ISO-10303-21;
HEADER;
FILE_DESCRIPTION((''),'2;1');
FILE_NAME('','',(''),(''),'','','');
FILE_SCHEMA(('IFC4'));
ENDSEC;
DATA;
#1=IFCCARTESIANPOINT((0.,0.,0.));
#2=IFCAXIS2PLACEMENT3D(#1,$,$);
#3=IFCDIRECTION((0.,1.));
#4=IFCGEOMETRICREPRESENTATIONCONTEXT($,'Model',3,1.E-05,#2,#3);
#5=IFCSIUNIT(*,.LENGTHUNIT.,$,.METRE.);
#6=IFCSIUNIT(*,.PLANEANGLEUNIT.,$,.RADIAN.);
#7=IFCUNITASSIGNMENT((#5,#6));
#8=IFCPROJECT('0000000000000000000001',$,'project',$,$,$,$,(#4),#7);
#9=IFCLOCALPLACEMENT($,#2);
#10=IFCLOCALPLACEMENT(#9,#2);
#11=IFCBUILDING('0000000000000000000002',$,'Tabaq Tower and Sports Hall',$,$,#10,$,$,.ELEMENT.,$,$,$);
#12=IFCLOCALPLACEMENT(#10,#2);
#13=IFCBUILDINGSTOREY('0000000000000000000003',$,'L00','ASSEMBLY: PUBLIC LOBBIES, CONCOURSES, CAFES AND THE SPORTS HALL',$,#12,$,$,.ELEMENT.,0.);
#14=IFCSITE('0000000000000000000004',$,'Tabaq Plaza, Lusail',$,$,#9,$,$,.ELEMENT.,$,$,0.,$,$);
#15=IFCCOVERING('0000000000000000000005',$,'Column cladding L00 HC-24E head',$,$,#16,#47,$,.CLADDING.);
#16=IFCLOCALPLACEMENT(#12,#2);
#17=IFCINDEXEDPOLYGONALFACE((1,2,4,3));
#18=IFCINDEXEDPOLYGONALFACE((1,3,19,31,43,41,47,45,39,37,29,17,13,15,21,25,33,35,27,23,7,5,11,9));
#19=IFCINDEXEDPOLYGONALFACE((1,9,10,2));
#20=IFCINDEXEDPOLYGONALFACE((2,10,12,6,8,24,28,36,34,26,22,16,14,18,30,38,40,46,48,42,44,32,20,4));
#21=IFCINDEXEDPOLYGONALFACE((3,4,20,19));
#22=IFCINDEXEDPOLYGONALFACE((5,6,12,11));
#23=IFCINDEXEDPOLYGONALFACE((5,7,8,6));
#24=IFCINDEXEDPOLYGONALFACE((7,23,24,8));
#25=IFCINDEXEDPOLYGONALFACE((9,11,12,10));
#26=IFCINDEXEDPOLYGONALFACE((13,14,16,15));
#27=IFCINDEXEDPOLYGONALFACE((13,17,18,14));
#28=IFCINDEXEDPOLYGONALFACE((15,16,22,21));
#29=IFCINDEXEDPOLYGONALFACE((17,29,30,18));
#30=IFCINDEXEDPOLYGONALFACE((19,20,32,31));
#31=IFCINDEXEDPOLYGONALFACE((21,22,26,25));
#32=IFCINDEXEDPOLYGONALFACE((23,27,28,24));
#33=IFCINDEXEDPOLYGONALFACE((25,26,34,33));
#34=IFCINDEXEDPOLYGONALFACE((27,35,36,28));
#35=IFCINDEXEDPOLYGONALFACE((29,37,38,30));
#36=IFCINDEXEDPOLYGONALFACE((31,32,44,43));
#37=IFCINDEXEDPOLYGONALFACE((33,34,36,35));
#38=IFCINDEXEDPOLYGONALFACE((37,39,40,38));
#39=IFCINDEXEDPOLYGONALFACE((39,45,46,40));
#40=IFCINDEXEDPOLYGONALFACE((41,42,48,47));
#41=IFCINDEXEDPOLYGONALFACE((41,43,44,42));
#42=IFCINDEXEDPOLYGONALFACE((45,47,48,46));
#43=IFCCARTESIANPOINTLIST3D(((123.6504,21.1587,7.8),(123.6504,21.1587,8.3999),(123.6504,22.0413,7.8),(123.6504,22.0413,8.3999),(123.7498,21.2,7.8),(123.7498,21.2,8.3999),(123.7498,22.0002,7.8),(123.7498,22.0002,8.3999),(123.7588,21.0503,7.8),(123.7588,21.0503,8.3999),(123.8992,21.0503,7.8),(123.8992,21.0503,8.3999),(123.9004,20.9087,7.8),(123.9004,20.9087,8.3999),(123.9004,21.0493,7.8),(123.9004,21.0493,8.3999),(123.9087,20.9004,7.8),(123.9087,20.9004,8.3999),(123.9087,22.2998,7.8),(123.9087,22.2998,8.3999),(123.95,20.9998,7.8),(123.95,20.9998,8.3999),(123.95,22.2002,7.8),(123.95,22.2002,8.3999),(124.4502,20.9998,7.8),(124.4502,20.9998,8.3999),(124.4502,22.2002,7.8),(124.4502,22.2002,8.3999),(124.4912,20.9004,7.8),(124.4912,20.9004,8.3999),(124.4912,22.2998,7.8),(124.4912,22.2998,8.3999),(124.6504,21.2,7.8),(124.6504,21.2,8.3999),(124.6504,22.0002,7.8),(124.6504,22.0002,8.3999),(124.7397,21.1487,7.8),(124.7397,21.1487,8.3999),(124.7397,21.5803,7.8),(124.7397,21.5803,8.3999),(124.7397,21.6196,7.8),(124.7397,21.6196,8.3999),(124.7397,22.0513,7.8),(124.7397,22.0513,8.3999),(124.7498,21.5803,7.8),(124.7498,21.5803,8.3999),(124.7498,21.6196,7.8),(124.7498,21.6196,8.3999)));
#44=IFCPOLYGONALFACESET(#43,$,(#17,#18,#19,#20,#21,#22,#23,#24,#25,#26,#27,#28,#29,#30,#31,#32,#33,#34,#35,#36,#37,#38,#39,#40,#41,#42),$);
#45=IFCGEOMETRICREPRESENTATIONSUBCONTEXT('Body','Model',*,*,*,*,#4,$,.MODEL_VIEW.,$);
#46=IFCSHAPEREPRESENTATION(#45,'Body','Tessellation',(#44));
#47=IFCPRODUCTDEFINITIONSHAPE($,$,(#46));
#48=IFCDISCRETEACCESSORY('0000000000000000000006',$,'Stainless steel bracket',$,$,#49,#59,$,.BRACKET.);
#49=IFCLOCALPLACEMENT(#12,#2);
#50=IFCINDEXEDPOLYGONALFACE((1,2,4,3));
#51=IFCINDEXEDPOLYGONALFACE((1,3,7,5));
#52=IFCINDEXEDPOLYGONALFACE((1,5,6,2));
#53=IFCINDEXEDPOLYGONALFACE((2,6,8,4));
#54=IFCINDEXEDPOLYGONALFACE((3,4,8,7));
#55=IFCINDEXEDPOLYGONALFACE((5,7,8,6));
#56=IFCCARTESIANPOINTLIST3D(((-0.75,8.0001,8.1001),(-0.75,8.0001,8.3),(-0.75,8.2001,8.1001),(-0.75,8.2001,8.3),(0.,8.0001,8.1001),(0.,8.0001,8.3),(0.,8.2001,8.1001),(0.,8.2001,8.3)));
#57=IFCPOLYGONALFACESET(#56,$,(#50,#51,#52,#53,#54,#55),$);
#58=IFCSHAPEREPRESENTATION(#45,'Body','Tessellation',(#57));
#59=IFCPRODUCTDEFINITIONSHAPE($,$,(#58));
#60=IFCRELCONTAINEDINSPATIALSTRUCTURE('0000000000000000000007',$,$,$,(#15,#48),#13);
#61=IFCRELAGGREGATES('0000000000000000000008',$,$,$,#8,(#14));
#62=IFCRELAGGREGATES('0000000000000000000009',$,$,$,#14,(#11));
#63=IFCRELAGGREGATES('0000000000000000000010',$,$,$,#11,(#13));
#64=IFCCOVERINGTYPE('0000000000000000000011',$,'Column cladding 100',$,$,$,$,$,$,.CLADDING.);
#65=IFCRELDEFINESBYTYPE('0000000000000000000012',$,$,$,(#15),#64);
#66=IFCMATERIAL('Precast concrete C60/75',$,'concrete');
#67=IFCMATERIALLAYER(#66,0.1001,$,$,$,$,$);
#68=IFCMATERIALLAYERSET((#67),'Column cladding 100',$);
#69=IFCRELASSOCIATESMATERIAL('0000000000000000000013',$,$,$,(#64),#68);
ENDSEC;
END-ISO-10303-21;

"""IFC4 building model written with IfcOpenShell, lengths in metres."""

from ifc_helpers import new_model, si_unit, direction, frame, origin, origin_2d, place, context, subcontext, project, spatial, polyline, rectangle, outline, extrude, material, layer, layer_set, type_object, element, save


model = new_model("IFC4")

# Units and contexts
model_context = context("Model", 3, precision=1e-05, world=origin(), true_north=direction((0.0, 1.0)))
body_context = subcontext(model_context, "Body", "Model", "MODEL_VIEW")
ifc_project = project(units=[si_unit("LENGTHUNIT", "METRE"), si_unit("PLANEANGLEUNIT", "RADIAN")], contexts=[model_context])

# Site, building, storey
site_placement = place(None, origin())
site = spatial("IfcSite", under=ifc_project, at=site_placement, Name="Tabaq Plaza, Lusail", CompositionType="ELEMENT", RefElevation=0.0)
building_placement = place(site_placement, origin())
building = spatial("IfcBuilding", under=site, at=building_placement, Name="Tabaq Tower and Sports Hall", CompositionType="ELEMENT")
storey_placement = place(building_placement, origin())
storey = spatial("IfcBuildingStorey", under=building, at=storey_placement, Name="L00", Description="ASSEMBLY: PUBLIC LOBBIES, CONCOURSES, CAFES AND THE SPORTS HALL", CompositionType="ELEMENT", Elevation=0.0)

# Covering
ifc_material = material(Name="Precast concrete C60/75", Category="concrete")
ifc_layer = layer(ifc_material, 0.1001)
ifc_layer_set = layer_set([ifc_layer], Name="Column cladding 100")
covering_type = type_object("IfcCoveringType", Name="Column cladding 100", PredefinedType="CLADDING", material=ifc_layer_set)
covering_1_placement = place(storey_placement, frame((0.0, 0.0, 7.8)))
element("IfcCovering", 1, at=covering_1_placement, inside=storey, type_object=covering_type, Name="Column cladding L00 HC-24E head", PredefinedType="CLADDING", context=body_context, shape_type="SweptSolid", body=[
    extrude(outline(polyline([(123.9004, 20.9087), (123.9004, 21.0493), (123.95, 20.9998), (124.4502, 20.9998), (124.6504, 21.2), (124.6504, 22.0002), (124.4502, 22.2002), (123.95, 22.2002), (123.7498, 22.0002), (123.7498, 21.2), (123.8992, 21.0503), (123.7588, 21.0503), (123.6504, 21.1587), (123.6504, 22.0413), (123.9087, 22.2998), (124.4912, 22.2998), (124.7397, 22.0513), (124.7397, 21.6196), (124.7498, 21.6196), (124.7498, 21.5803), (124.7397, 21.5803), (124.7397, 21.1487), (124.4912, 20.9004), (123.9087, 20.9004), (123.9004, 20.9087)])), origin(), (0.0, 0.0, 1.0), 0.5999),
])

# Discrete accessory
discrete_accessory_placement = place(storey_placement, frame((-0.375, 8.1001, 8.1001), z_axis=(0.0, 0.0, 1.0), x_axis=(0.0, 1.0, 0.0)))
element("IfcDiscreteAccessory", 2, at=discrete_accessory_placement, inside=storey, Name="Stainless steel bracket", PredefinedType="BRACKET", context=body_context, shape_type="SweptSolid", body=[
    extrude(rectangle(XDim=0.2, YDim=0.75, at=origin_2d()), origin(), (0.0, 0.0, 1.0), 0.2),
])

save(model, "model.ifc")
